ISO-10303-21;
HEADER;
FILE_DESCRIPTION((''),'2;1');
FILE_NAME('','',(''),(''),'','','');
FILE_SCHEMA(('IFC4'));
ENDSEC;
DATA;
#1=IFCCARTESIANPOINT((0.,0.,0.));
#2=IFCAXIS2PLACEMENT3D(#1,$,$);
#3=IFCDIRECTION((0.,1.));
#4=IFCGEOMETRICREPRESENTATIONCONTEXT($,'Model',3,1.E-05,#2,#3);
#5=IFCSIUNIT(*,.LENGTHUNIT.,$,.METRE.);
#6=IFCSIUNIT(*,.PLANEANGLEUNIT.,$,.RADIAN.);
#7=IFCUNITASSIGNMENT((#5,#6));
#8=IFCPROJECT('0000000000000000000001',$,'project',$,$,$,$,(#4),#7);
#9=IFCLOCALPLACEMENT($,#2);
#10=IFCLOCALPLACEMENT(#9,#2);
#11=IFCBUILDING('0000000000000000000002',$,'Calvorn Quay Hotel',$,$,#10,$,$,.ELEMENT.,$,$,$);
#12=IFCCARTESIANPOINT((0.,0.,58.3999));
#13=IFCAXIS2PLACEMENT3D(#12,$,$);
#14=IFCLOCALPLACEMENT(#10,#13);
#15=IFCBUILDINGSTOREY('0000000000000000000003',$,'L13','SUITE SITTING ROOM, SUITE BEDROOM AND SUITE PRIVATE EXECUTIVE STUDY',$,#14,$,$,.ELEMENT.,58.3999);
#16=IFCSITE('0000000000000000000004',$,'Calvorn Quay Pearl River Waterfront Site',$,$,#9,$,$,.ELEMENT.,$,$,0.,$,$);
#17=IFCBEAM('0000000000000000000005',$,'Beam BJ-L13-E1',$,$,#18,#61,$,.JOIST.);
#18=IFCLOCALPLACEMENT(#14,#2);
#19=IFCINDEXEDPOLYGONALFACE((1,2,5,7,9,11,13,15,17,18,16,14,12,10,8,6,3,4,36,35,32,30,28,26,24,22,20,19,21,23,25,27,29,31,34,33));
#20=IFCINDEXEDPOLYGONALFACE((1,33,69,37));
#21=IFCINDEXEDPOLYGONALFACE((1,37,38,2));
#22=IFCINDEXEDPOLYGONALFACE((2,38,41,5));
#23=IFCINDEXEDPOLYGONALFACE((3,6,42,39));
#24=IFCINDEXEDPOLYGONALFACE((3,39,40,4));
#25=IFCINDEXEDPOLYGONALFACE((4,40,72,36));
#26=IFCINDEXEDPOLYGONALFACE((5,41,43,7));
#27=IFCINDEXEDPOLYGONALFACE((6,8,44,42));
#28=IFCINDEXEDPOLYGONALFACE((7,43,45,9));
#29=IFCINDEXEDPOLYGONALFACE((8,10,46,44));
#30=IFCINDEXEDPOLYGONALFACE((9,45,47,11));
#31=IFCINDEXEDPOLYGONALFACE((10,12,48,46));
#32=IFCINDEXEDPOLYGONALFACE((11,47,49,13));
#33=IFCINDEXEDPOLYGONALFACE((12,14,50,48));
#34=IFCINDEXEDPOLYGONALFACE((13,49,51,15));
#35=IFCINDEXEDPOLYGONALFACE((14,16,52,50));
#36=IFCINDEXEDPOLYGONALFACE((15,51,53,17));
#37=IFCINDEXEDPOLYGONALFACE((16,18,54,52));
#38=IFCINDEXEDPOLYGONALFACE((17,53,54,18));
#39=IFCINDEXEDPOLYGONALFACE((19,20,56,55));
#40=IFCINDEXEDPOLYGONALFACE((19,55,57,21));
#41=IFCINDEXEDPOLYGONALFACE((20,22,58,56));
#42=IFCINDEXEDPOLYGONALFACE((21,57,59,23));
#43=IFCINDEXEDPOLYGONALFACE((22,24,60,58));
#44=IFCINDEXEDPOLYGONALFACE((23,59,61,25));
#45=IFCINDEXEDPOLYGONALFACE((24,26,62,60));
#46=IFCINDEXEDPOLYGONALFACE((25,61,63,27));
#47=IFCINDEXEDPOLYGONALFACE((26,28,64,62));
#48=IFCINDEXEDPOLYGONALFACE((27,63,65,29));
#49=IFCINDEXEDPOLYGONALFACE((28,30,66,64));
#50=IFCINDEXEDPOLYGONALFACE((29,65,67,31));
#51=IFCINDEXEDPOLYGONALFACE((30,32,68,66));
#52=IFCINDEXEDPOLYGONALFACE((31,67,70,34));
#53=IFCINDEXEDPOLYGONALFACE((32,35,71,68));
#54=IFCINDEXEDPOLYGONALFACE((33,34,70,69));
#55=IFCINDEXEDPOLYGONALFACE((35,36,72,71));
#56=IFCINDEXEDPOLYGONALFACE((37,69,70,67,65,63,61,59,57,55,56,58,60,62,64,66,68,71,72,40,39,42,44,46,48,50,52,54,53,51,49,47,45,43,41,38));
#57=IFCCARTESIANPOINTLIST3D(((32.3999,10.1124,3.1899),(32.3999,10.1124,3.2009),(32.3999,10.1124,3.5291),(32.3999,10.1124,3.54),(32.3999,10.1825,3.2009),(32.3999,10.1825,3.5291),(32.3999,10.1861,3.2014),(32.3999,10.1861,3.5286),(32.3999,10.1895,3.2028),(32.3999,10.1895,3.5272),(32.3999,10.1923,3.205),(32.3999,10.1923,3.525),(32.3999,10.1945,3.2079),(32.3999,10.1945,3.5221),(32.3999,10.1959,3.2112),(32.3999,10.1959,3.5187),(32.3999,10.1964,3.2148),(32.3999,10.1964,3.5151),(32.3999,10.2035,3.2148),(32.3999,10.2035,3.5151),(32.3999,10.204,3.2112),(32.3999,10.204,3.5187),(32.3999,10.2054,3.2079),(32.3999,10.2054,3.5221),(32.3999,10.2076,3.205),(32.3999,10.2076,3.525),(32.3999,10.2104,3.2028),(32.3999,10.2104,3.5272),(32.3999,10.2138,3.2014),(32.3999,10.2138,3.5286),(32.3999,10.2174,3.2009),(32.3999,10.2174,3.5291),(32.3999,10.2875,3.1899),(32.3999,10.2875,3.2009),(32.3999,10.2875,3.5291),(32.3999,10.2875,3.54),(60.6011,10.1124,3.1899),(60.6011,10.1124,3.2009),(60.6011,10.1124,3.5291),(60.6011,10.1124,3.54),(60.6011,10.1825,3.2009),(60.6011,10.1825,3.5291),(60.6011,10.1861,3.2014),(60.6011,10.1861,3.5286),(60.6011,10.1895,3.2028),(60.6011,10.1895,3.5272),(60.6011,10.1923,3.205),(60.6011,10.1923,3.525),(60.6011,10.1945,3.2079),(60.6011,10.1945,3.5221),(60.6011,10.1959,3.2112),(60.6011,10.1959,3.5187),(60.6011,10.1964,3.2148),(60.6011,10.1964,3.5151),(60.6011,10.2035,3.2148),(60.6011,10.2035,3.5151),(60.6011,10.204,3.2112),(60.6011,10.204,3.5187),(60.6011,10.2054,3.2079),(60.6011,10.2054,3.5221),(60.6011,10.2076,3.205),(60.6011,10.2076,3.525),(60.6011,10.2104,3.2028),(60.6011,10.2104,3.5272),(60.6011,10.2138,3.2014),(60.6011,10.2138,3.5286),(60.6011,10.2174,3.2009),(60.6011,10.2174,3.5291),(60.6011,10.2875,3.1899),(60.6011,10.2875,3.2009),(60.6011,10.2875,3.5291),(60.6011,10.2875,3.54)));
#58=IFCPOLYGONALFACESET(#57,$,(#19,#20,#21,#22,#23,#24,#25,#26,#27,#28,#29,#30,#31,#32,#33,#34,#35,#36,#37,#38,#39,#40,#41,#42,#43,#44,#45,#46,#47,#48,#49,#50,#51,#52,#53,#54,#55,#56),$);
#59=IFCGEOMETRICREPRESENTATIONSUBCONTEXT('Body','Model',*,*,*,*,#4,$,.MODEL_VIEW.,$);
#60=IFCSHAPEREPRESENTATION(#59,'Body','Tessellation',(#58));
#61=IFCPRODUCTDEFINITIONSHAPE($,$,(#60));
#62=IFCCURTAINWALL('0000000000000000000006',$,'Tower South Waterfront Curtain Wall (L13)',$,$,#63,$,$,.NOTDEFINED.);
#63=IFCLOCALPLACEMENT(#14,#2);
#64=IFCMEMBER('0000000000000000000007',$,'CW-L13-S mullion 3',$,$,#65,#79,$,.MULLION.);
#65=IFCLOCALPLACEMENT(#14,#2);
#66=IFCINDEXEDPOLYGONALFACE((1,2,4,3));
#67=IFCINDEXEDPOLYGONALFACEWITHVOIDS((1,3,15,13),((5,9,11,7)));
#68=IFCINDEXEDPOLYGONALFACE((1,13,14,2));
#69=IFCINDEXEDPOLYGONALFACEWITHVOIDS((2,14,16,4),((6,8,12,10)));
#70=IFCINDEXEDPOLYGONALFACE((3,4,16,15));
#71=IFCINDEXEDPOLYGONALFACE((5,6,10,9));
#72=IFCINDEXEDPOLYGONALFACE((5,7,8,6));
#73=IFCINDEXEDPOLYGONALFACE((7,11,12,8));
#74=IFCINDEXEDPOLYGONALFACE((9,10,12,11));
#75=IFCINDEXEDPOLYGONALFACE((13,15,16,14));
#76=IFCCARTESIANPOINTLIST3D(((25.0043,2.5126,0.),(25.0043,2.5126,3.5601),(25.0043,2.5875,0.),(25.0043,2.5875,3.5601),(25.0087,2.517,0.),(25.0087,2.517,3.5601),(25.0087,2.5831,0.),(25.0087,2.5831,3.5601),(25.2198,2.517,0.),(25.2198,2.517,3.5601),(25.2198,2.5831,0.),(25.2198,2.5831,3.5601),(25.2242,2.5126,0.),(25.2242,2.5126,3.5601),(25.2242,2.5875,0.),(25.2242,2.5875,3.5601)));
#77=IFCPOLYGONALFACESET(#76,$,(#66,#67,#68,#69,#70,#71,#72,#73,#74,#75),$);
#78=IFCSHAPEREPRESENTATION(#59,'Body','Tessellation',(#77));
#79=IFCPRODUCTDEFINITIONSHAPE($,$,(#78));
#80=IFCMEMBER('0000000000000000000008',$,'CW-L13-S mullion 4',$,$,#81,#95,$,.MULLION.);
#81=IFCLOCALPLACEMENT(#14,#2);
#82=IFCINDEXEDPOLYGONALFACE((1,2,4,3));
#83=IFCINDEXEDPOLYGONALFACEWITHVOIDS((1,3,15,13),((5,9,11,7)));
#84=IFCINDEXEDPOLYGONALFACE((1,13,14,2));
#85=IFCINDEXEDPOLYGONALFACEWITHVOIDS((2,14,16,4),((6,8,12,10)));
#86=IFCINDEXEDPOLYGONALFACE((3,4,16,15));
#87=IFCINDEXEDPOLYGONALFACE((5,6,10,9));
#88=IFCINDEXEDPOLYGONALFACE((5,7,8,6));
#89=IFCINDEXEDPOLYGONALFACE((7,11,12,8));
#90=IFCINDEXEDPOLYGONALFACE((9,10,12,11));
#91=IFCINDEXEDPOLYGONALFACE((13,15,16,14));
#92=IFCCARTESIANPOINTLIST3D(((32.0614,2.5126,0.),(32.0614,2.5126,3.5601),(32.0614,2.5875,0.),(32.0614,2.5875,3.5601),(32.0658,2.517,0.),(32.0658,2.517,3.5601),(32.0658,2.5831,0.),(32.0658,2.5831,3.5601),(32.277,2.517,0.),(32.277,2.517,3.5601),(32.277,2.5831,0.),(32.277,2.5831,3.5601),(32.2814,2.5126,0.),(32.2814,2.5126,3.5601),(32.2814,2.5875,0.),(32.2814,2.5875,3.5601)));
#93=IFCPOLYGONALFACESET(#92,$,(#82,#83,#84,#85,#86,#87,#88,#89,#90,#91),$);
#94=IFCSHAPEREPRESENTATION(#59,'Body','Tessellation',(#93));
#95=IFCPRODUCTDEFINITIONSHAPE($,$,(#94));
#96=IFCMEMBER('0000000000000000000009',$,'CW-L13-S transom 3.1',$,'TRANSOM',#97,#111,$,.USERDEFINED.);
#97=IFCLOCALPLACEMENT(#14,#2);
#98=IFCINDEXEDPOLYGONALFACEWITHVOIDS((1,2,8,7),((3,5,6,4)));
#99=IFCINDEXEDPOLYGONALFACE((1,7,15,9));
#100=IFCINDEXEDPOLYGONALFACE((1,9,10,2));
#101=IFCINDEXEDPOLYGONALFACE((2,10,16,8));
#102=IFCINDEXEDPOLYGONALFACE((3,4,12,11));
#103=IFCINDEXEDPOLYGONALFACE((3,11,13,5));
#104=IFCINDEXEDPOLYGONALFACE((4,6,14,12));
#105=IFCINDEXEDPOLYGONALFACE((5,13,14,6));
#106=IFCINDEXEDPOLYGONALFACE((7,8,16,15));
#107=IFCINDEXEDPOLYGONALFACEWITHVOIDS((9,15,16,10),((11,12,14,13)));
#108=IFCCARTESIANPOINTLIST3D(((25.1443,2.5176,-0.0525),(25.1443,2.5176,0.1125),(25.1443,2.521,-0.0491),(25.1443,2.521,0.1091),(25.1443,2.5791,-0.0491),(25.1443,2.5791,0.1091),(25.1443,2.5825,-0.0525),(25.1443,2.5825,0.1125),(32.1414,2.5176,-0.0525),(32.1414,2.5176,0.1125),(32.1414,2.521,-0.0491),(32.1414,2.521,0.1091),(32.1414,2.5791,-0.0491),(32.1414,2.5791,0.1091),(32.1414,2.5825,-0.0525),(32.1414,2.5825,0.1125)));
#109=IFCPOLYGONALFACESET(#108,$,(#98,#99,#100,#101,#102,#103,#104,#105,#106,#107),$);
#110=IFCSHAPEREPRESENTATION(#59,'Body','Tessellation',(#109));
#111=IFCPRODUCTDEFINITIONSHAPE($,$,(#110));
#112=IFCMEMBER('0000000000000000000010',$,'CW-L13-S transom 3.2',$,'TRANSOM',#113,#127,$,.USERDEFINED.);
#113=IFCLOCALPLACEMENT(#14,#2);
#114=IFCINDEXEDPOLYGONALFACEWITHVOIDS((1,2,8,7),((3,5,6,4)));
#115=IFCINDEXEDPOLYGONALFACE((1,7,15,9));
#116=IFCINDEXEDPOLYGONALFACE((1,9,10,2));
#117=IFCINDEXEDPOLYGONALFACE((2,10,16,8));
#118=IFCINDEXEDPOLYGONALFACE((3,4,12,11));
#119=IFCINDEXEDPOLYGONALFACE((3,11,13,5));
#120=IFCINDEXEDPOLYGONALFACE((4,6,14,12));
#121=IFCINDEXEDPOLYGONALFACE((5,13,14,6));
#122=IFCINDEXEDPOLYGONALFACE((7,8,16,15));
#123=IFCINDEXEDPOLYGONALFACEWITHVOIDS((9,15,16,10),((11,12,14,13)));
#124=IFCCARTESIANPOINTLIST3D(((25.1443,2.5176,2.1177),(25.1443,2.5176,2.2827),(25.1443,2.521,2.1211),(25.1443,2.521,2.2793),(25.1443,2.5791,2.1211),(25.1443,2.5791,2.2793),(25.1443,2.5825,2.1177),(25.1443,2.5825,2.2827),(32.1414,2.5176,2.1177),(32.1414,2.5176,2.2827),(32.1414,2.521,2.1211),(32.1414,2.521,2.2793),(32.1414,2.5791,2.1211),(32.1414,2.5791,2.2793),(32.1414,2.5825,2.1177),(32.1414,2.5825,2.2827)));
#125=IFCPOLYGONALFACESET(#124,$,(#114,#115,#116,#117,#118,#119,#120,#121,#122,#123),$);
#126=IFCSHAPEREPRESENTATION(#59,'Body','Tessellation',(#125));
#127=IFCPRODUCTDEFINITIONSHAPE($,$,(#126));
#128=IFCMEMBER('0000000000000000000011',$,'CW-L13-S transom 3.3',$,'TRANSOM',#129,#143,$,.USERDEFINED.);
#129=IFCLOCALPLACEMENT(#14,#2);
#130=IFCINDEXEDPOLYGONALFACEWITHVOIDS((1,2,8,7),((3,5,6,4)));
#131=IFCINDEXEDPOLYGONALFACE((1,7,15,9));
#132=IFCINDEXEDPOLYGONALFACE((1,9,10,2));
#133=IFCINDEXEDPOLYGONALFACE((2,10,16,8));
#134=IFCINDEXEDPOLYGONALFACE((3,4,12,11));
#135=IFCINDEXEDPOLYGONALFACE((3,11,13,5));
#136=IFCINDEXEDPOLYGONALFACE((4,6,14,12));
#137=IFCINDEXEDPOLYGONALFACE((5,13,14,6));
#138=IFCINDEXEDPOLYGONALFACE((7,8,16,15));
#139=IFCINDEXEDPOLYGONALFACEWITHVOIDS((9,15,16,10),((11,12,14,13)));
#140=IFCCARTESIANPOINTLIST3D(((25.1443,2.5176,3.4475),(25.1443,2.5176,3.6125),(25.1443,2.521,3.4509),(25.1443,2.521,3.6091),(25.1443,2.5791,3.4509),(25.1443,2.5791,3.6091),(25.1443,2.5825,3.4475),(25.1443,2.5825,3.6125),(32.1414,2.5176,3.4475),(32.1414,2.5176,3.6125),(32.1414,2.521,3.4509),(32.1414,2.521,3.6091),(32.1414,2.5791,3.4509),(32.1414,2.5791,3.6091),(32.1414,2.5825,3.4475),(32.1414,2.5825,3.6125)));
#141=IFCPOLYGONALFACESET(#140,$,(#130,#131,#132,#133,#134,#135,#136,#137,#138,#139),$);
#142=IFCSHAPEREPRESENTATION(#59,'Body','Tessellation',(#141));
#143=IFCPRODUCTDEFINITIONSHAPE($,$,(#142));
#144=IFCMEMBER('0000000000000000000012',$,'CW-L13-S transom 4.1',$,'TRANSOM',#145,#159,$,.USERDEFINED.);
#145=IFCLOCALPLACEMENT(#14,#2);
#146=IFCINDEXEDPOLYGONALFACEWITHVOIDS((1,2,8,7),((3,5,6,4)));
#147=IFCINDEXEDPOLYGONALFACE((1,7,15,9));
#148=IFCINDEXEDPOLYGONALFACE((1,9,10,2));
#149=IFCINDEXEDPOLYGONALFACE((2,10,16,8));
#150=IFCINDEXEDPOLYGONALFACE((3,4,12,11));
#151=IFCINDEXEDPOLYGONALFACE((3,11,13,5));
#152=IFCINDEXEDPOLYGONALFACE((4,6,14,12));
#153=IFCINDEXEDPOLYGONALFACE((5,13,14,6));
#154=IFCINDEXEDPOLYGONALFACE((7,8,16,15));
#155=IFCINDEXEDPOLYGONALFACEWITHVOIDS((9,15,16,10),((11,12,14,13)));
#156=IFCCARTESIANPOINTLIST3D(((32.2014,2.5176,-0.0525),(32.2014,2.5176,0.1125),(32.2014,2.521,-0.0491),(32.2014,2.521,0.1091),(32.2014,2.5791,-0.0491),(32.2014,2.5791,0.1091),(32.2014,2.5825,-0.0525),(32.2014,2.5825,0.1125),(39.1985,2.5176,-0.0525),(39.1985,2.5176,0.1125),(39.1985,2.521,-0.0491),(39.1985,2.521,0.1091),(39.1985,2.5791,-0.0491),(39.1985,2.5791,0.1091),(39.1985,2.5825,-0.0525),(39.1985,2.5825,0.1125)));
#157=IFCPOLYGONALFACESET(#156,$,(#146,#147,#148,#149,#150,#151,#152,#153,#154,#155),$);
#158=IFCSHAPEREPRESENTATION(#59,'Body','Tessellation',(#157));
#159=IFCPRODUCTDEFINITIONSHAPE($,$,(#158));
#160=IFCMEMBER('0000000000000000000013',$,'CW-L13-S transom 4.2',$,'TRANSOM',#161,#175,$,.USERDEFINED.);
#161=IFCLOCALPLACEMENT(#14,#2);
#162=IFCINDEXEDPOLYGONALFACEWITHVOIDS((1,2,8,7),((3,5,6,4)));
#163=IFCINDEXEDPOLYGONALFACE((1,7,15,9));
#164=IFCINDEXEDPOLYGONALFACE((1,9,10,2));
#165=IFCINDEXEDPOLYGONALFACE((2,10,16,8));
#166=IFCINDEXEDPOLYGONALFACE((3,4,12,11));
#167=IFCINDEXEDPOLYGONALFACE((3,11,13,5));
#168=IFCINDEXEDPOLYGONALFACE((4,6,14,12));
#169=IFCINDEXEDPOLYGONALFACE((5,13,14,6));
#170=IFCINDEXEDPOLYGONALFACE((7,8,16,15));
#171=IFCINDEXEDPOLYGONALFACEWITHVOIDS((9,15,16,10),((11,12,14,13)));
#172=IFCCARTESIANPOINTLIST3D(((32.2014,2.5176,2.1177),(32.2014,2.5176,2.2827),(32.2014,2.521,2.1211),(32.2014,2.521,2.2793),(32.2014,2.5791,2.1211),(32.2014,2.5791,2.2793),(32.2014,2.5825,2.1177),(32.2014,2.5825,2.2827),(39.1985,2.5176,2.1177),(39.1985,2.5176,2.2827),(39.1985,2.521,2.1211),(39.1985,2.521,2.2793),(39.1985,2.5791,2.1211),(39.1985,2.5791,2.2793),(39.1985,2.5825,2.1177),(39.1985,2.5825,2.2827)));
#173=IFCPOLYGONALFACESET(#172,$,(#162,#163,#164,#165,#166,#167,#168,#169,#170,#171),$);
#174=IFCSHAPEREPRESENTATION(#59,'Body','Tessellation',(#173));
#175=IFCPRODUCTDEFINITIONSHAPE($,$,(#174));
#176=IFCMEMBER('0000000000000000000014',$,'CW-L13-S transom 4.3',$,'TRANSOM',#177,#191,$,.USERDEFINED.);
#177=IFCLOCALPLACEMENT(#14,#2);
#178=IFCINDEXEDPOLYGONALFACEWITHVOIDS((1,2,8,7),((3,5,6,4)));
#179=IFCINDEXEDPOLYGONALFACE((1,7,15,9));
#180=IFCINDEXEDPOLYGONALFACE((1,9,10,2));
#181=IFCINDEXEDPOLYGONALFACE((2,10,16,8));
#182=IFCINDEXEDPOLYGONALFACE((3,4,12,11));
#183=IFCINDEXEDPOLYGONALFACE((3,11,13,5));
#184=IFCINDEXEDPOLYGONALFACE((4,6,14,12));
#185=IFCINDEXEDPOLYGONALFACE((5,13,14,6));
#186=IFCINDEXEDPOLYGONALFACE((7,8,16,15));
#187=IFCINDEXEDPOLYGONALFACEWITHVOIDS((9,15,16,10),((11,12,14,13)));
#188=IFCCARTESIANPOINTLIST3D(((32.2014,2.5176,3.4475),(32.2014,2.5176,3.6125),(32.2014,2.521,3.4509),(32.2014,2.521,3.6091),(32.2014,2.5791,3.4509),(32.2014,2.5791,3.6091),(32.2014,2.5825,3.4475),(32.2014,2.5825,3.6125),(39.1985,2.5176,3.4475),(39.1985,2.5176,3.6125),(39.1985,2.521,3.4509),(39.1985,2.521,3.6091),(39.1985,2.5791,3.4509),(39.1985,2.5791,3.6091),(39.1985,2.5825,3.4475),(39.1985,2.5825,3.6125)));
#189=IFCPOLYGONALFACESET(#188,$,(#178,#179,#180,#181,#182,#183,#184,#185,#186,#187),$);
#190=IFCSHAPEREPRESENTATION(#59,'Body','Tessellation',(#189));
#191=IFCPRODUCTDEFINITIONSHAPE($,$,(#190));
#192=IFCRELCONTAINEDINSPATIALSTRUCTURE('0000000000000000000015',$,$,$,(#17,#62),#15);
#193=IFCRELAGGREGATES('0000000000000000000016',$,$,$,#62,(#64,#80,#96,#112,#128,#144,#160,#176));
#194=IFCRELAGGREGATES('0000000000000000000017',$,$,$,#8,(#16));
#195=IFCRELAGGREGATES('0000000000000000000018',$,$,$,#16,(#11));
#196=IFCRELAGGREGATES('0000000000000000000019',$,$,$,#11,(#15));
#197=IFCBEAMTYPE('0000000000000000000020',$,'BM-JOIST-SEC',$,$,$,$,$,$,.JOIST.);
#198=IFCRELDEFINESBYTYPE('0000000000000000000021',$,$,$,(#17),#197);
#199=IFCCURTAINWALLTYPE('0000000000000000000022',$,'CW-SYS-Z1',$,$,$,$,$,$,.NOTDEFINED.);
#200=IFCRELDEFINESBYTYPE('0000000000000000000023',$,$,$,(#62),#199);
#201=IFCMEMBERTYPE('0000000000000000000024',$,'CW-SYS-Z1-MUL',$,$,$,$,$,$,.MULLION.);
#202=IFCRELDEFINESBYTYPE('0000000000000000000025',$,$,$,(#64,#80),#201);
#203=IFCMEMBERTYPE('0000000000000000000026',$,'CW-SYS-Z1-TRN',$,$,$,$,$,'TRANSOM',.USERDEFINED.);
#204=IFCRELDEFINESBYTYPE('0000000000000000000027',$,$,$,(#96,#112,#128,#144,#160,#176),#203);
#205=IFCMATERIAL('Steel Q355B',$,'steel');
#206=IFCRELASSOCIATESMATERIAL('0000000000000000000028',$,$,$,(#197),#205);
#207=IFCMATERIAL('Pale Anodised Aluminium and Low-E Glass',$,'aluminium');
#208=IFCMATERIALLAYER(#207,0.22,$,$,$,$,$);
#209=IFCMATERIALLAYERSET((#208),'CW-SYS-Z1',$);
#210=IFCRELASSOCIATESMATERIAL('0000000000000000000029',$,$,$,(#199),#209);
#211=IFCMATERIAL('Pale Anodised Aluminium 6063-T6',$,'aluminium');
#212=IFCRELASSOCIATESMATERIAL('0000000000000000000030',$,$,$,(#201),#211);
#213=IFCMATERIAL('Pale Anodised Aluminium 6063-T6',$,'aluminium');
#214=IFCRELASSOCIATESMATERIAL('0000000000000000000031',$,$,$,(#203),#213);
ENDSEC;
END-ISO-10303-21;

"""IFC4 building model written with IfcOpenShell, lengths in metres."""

from ifc_helpers import new_model, si_unit, direction, frame, origin, origin_2d, place, context, subcontext, project, spatial, hollow_rectangle, i_section, extrude, material, layer, layer_set, material_profile, profile_set, type_object, element, aggregate, save


model = new_model("IFC4")

# Units and contexts
model_context = context("Model", 3, precision=1e-05, world=origin(), true_north=direction((0.0, 1.0)))
body_context = subcontext(model_context, "Body", "Model", "MODEL_VIEW")
ifc_project = project(units=[si_unit("LENGTHUNIT", "METRE"), si_unit("PLANEANGLEUNIT", "RADIAN")], contexts=[model_context])

# Site, building, storey
site_placement = place(None, origin())
site = spatial("IfcSite", under=ifc_project, at=site_placement, Name="Calvorn Quay Pearl River Waterfront Site", CompositionType="ELEMENT", RefElevation=0.0)
building_placement = place(site_placement, origin())
building = spatial("IfcBuilding", under=site, at=building_placement, Name="Calvorn Quay Hotel", CompositionType="ELEMENT")
storey_placement = place(building_placement, frame((0.0, 0.0, 58.3999)))
storey = spatial("IfcBuildingStorey", under=building, at=storey_placement, Name="L13", Description="SUITE SITTING ROOM, SUITE BEDROOM AND SUITE PRIVATE EXECUTIVE STUDY", CompositionType="ELEMENT", Elevation=58.3999)

# Beam
ifc_material_1 = material(Name="Steel Q355B", Category="steel")
ifc_material_profile_1 = material_profile(ifc_material_1, i_section(OverallWidth=0.175, OverallDepth=0.3501, WebThickness=0.0071, FlangeThickness=0.011, FilletRadius=0.0139, at=origin_2d()), Name="HN350x175x7x11")
ifc_profile_set_1 = profile_set([ifc_material_profile_1], Name="Steel Q355B")
beam_type = type_object("IfcBeamType", Name="BM-JOIST-SEC", PredefinedType="JOIST", material=ifc_profile_set_1)
beam_placement = place(storey_placement, frame((32.3999, 10.2, 3.365), z_axis=(1.0, 0.0, 0.0), x_axis=(0.0, 1.0, 0.0)))
element("IfcBeam", 1, at=beam_placement, inside=storey, type_object=beam_type, Name="Beam BJ-L13-E1", PredefinedType="JOIST", context=body_context, shape_type="SweptSolid", body=[
    extrude(i_section(OverallWidth=0.175, OverallDepth=0.3501, WebThickness=0.0071, FlangeThickness=0.011, FilletRadius=0.0139, at=origin_2d()), origin(), (0.0, 0.0, 1.0), 28.2012),
])

# Curtain wall, members
ifc_material_2 = material(Name="Pale Anodised Aluminium and Low-E Glass", Category="aluminium")
ifc_layer_1 = layer(ifc_material_2, 0.22)
ifc_layer_set_1 = layer_set([ifc_layer_1], Name="CW-SYS-Z1")
curtain_wall_type = type_object("IfcCurtainWallType", Name="CW-SYS-Z1", PredefinedType="NOTDEFINED", material=ifc_layer_set_1)
curtain_wall_placement = place(storey_placement, origin())
curtain_wall = element("IfcCurtainWall", 2, at=curtain_wall_placement, inside=storey, type_object=curtain_wall_type, Name="Tower South Waterfront Curtain Wall (L13)", PredefinedType="NOTDEFINED")
ifc_material_3 = material(Name="Pale Anodised Aluminium 6063-T6", Category="aluminium")
ifc_material_profile_2 = material_profile(ifc_material_3, hollow_rectangle(XDim=0.075, YDim=0.22, WallThickness=0.0044, at=origin_2d()), Name="ALU-M220x75x4.5")
ifc_profile_set_2 = profile_set([ifc_material_profile_2], Name="Pale Anodised Aluminium 6063-T6")
member_type_1 = type_object("IfcMemberType", Name="CW-SYS-Z1-MUL", PredefinedType="MULLION", material=ifc_profile_set_2)
member_1_placement = place(storey_placement, frame((25.1143, 2.55, 0.0), z_axis=(0.0, 0.0, 1.0), x_axis=(0.0, 1.0, 0.0)))
member_1 = element("IfcMember", 3, at=member_1_placement, type_object=member_type_1, Name="CW-L13-S mullion 3", PredefinedType="MULLION", context=body_context, shape_type="SweptSolid", body=[
    extrude(hollow_rectangle(XDim=0.075, YDim=0.22, WallThickness=0.0044, at=origin_2d()), origin(), (0.0, 0.0, 1.0), 3.5601),
])
member_2_placement = place(storey_placement, frame((32.1714, 2.55, 0.0), z_axis=(0.0, 0.0, 1.0), x_axis=(0.0, 1.0, 0.0)))
member_2 = element("IfcMember", 4, at=member_2_placement, type_object=member_type_1, Name="CW-L13-S mullion 4", PredefinedType="MULLION", context=body_context, shape_type="SweptSolid", body=[
    extrude(hollow_rectangle(XDim=0.075, YDim=0.22, WallThickness=0.0044, at=origin_2d()), origin(), (0.0, 0.0, 1.0), 3.5601),
])
ifc_material_4 = material(Name="Pale Anodised Aluminium 6063-T6", Category="aluminium")
ifc_material_profile_3 = material_profile(ifc_material_4, hollow_rectangle(XDim=0.0649, YDim=0.165, WallThickness=0.0034, at=origin_2d()), Name="ALU-T165x65x3.5")
ifc_profile_set_3 = profile_set([ifc_material_profile_3], Name="Pale Anodised Aluminium 6063-T6")
member_type_2 = type_object("IfcMemberType", Name="CW-SYS-Z1-TRN", ElementType="TRANSOM", PredefinedType="USERDEFINED", material=ifc_profile_set_3)
member_3_placement = place(storey_placement, frame((25.1443, 2.55, 0.03), z_axis=(1.0, 0.0, 0.0), x_axis=(0.0, 1.0, 0.0)))
member_3 = element("IfcMember", 5, at=member_3_placement, type_object=member_type_2, Name="CW-L13-S transom 3.1", ObjectType="TRANSOM", PredefinedType="USERDEFINED", context=body_context, shape_type="SweptSolid", body=[
    extrude(hollow_rectangle(XDim=0.0649, YDim=0.165, WallThickness=0.0034, at=origin_2d()), origin(), (0.0, 0.0, 1.0), 6.9971),
])
member_4_placement = place(storey_placement, frame((25.1443, 2.55, 2.2002), z_axis=(1.0, 0.0, 0.0), x_axis=(0.0, 1.0, 0.0)))
member_4 = element("IfcMember", 6, at=member_4_placement, type_object=member_type_2, Name="CW-L13-S transom 3.2", ObjectType="TRANSOM", PredefinedType="USERDEFINED", context=body_context, shape_type="SweptSolid", body=[
    extrude(hollow_rectangle(XDim=0.0649, YDim=0.165, WallThickness=0.0034, at=origin_2d()), origin(), (0.0, 0.0, 1.0), 6.9971),
])
member_5_placement = place(storey_placement, frame((25.1443, 2.55, 3.53), z_axis=(1.0, 0.0, 0.0), x_axis=(0.0, 1.0, 0.0)))
member_5 = element("IfcMember", 7, at=member_5_placement, type_object=member_type_2, Name="CW-L13-S transom 3.3", ObjectType="TRANSOM", PredefinedType="USERDEFINED", context=body_context, shape_type="SweptSolid", body=[
    extrude(hollow_rectangle(XDim=0.0649, YDim=0.165, WallThickness=0.0034, at=origin_2d()), origin(), (0.0, 0.0, 1.0), 6.9971),
])
member_6_placement = place(storey_placement, frame((32.2014, 2.55, 0.03), z_axis=(1.0, 0.0, 0.0), x_axis=(0.0, 1.0, 0.0)))
member_6 = element("IfcMember", 8, at=member_6_placement, type_object=member_type_2, Name="CW-L13-S transom 4.1", ObjectType="TRANSOM", PredefinedType="USERDEFINED", context=body_context, shape_type="SweptSolid", body=[
    extrude(hollow_rectangle(XDim=0.0649, YDim=0.165, WallThickness=0.0034, at=origin_2d()), origin(), (0.0, 0.0, 1.0), 6.9971),
])
member_7_placement = place(storey_placement, frame((32.2014, 2.55, 2.2002), z_axis=(1.0, 0.0, 0.0), x_axis=(0.0, 1.0, 0.0)))
member_7 = element("IfcMember", 9, at=member_7_placement, type_object=member_type_2, Name="CW-L13-S transom 4.2", ObjectType="TRANSOM", PredefinedType="USERDEFINED", context=body_context, shape_type="SweptSolid", body=[
    extrude(hollow_rectangle(XDim=0.0649, YDim=0.165, WallThickness=0.0034, at=origin_2d()), origin(), (0.0, 0.0, 1.0), 6.9971),
])
member_8_placement = place(storey_placement, frame((32.2014, 2.55, 3.53), z_axis=(1.0, 0.0, 0.0), x_axis=(0.0, 1.0, 0.0)))
member_8 = element("IfcMember", 10, at=member_8_placement, type_object=member_type_2, Name="CW-L13-S transom 4.3", ObjectType="TRANSOM", PredefinedType="USERDEFINED", context=body_context, shape_type="SweptSolid", body=[
    extrude(hollow_rectangle(XDim=0.0649, YDim=0.165, WallThickness=0.0034, at=origin_2d()), origin(), (0.0, 0.0, 1.0), 6.9971),
])
aggregate(curtain_wall, [member_1, member_2, member_3, member_4, member_5, member_6, member_7, member_8])

save(model, "model.ifc")
